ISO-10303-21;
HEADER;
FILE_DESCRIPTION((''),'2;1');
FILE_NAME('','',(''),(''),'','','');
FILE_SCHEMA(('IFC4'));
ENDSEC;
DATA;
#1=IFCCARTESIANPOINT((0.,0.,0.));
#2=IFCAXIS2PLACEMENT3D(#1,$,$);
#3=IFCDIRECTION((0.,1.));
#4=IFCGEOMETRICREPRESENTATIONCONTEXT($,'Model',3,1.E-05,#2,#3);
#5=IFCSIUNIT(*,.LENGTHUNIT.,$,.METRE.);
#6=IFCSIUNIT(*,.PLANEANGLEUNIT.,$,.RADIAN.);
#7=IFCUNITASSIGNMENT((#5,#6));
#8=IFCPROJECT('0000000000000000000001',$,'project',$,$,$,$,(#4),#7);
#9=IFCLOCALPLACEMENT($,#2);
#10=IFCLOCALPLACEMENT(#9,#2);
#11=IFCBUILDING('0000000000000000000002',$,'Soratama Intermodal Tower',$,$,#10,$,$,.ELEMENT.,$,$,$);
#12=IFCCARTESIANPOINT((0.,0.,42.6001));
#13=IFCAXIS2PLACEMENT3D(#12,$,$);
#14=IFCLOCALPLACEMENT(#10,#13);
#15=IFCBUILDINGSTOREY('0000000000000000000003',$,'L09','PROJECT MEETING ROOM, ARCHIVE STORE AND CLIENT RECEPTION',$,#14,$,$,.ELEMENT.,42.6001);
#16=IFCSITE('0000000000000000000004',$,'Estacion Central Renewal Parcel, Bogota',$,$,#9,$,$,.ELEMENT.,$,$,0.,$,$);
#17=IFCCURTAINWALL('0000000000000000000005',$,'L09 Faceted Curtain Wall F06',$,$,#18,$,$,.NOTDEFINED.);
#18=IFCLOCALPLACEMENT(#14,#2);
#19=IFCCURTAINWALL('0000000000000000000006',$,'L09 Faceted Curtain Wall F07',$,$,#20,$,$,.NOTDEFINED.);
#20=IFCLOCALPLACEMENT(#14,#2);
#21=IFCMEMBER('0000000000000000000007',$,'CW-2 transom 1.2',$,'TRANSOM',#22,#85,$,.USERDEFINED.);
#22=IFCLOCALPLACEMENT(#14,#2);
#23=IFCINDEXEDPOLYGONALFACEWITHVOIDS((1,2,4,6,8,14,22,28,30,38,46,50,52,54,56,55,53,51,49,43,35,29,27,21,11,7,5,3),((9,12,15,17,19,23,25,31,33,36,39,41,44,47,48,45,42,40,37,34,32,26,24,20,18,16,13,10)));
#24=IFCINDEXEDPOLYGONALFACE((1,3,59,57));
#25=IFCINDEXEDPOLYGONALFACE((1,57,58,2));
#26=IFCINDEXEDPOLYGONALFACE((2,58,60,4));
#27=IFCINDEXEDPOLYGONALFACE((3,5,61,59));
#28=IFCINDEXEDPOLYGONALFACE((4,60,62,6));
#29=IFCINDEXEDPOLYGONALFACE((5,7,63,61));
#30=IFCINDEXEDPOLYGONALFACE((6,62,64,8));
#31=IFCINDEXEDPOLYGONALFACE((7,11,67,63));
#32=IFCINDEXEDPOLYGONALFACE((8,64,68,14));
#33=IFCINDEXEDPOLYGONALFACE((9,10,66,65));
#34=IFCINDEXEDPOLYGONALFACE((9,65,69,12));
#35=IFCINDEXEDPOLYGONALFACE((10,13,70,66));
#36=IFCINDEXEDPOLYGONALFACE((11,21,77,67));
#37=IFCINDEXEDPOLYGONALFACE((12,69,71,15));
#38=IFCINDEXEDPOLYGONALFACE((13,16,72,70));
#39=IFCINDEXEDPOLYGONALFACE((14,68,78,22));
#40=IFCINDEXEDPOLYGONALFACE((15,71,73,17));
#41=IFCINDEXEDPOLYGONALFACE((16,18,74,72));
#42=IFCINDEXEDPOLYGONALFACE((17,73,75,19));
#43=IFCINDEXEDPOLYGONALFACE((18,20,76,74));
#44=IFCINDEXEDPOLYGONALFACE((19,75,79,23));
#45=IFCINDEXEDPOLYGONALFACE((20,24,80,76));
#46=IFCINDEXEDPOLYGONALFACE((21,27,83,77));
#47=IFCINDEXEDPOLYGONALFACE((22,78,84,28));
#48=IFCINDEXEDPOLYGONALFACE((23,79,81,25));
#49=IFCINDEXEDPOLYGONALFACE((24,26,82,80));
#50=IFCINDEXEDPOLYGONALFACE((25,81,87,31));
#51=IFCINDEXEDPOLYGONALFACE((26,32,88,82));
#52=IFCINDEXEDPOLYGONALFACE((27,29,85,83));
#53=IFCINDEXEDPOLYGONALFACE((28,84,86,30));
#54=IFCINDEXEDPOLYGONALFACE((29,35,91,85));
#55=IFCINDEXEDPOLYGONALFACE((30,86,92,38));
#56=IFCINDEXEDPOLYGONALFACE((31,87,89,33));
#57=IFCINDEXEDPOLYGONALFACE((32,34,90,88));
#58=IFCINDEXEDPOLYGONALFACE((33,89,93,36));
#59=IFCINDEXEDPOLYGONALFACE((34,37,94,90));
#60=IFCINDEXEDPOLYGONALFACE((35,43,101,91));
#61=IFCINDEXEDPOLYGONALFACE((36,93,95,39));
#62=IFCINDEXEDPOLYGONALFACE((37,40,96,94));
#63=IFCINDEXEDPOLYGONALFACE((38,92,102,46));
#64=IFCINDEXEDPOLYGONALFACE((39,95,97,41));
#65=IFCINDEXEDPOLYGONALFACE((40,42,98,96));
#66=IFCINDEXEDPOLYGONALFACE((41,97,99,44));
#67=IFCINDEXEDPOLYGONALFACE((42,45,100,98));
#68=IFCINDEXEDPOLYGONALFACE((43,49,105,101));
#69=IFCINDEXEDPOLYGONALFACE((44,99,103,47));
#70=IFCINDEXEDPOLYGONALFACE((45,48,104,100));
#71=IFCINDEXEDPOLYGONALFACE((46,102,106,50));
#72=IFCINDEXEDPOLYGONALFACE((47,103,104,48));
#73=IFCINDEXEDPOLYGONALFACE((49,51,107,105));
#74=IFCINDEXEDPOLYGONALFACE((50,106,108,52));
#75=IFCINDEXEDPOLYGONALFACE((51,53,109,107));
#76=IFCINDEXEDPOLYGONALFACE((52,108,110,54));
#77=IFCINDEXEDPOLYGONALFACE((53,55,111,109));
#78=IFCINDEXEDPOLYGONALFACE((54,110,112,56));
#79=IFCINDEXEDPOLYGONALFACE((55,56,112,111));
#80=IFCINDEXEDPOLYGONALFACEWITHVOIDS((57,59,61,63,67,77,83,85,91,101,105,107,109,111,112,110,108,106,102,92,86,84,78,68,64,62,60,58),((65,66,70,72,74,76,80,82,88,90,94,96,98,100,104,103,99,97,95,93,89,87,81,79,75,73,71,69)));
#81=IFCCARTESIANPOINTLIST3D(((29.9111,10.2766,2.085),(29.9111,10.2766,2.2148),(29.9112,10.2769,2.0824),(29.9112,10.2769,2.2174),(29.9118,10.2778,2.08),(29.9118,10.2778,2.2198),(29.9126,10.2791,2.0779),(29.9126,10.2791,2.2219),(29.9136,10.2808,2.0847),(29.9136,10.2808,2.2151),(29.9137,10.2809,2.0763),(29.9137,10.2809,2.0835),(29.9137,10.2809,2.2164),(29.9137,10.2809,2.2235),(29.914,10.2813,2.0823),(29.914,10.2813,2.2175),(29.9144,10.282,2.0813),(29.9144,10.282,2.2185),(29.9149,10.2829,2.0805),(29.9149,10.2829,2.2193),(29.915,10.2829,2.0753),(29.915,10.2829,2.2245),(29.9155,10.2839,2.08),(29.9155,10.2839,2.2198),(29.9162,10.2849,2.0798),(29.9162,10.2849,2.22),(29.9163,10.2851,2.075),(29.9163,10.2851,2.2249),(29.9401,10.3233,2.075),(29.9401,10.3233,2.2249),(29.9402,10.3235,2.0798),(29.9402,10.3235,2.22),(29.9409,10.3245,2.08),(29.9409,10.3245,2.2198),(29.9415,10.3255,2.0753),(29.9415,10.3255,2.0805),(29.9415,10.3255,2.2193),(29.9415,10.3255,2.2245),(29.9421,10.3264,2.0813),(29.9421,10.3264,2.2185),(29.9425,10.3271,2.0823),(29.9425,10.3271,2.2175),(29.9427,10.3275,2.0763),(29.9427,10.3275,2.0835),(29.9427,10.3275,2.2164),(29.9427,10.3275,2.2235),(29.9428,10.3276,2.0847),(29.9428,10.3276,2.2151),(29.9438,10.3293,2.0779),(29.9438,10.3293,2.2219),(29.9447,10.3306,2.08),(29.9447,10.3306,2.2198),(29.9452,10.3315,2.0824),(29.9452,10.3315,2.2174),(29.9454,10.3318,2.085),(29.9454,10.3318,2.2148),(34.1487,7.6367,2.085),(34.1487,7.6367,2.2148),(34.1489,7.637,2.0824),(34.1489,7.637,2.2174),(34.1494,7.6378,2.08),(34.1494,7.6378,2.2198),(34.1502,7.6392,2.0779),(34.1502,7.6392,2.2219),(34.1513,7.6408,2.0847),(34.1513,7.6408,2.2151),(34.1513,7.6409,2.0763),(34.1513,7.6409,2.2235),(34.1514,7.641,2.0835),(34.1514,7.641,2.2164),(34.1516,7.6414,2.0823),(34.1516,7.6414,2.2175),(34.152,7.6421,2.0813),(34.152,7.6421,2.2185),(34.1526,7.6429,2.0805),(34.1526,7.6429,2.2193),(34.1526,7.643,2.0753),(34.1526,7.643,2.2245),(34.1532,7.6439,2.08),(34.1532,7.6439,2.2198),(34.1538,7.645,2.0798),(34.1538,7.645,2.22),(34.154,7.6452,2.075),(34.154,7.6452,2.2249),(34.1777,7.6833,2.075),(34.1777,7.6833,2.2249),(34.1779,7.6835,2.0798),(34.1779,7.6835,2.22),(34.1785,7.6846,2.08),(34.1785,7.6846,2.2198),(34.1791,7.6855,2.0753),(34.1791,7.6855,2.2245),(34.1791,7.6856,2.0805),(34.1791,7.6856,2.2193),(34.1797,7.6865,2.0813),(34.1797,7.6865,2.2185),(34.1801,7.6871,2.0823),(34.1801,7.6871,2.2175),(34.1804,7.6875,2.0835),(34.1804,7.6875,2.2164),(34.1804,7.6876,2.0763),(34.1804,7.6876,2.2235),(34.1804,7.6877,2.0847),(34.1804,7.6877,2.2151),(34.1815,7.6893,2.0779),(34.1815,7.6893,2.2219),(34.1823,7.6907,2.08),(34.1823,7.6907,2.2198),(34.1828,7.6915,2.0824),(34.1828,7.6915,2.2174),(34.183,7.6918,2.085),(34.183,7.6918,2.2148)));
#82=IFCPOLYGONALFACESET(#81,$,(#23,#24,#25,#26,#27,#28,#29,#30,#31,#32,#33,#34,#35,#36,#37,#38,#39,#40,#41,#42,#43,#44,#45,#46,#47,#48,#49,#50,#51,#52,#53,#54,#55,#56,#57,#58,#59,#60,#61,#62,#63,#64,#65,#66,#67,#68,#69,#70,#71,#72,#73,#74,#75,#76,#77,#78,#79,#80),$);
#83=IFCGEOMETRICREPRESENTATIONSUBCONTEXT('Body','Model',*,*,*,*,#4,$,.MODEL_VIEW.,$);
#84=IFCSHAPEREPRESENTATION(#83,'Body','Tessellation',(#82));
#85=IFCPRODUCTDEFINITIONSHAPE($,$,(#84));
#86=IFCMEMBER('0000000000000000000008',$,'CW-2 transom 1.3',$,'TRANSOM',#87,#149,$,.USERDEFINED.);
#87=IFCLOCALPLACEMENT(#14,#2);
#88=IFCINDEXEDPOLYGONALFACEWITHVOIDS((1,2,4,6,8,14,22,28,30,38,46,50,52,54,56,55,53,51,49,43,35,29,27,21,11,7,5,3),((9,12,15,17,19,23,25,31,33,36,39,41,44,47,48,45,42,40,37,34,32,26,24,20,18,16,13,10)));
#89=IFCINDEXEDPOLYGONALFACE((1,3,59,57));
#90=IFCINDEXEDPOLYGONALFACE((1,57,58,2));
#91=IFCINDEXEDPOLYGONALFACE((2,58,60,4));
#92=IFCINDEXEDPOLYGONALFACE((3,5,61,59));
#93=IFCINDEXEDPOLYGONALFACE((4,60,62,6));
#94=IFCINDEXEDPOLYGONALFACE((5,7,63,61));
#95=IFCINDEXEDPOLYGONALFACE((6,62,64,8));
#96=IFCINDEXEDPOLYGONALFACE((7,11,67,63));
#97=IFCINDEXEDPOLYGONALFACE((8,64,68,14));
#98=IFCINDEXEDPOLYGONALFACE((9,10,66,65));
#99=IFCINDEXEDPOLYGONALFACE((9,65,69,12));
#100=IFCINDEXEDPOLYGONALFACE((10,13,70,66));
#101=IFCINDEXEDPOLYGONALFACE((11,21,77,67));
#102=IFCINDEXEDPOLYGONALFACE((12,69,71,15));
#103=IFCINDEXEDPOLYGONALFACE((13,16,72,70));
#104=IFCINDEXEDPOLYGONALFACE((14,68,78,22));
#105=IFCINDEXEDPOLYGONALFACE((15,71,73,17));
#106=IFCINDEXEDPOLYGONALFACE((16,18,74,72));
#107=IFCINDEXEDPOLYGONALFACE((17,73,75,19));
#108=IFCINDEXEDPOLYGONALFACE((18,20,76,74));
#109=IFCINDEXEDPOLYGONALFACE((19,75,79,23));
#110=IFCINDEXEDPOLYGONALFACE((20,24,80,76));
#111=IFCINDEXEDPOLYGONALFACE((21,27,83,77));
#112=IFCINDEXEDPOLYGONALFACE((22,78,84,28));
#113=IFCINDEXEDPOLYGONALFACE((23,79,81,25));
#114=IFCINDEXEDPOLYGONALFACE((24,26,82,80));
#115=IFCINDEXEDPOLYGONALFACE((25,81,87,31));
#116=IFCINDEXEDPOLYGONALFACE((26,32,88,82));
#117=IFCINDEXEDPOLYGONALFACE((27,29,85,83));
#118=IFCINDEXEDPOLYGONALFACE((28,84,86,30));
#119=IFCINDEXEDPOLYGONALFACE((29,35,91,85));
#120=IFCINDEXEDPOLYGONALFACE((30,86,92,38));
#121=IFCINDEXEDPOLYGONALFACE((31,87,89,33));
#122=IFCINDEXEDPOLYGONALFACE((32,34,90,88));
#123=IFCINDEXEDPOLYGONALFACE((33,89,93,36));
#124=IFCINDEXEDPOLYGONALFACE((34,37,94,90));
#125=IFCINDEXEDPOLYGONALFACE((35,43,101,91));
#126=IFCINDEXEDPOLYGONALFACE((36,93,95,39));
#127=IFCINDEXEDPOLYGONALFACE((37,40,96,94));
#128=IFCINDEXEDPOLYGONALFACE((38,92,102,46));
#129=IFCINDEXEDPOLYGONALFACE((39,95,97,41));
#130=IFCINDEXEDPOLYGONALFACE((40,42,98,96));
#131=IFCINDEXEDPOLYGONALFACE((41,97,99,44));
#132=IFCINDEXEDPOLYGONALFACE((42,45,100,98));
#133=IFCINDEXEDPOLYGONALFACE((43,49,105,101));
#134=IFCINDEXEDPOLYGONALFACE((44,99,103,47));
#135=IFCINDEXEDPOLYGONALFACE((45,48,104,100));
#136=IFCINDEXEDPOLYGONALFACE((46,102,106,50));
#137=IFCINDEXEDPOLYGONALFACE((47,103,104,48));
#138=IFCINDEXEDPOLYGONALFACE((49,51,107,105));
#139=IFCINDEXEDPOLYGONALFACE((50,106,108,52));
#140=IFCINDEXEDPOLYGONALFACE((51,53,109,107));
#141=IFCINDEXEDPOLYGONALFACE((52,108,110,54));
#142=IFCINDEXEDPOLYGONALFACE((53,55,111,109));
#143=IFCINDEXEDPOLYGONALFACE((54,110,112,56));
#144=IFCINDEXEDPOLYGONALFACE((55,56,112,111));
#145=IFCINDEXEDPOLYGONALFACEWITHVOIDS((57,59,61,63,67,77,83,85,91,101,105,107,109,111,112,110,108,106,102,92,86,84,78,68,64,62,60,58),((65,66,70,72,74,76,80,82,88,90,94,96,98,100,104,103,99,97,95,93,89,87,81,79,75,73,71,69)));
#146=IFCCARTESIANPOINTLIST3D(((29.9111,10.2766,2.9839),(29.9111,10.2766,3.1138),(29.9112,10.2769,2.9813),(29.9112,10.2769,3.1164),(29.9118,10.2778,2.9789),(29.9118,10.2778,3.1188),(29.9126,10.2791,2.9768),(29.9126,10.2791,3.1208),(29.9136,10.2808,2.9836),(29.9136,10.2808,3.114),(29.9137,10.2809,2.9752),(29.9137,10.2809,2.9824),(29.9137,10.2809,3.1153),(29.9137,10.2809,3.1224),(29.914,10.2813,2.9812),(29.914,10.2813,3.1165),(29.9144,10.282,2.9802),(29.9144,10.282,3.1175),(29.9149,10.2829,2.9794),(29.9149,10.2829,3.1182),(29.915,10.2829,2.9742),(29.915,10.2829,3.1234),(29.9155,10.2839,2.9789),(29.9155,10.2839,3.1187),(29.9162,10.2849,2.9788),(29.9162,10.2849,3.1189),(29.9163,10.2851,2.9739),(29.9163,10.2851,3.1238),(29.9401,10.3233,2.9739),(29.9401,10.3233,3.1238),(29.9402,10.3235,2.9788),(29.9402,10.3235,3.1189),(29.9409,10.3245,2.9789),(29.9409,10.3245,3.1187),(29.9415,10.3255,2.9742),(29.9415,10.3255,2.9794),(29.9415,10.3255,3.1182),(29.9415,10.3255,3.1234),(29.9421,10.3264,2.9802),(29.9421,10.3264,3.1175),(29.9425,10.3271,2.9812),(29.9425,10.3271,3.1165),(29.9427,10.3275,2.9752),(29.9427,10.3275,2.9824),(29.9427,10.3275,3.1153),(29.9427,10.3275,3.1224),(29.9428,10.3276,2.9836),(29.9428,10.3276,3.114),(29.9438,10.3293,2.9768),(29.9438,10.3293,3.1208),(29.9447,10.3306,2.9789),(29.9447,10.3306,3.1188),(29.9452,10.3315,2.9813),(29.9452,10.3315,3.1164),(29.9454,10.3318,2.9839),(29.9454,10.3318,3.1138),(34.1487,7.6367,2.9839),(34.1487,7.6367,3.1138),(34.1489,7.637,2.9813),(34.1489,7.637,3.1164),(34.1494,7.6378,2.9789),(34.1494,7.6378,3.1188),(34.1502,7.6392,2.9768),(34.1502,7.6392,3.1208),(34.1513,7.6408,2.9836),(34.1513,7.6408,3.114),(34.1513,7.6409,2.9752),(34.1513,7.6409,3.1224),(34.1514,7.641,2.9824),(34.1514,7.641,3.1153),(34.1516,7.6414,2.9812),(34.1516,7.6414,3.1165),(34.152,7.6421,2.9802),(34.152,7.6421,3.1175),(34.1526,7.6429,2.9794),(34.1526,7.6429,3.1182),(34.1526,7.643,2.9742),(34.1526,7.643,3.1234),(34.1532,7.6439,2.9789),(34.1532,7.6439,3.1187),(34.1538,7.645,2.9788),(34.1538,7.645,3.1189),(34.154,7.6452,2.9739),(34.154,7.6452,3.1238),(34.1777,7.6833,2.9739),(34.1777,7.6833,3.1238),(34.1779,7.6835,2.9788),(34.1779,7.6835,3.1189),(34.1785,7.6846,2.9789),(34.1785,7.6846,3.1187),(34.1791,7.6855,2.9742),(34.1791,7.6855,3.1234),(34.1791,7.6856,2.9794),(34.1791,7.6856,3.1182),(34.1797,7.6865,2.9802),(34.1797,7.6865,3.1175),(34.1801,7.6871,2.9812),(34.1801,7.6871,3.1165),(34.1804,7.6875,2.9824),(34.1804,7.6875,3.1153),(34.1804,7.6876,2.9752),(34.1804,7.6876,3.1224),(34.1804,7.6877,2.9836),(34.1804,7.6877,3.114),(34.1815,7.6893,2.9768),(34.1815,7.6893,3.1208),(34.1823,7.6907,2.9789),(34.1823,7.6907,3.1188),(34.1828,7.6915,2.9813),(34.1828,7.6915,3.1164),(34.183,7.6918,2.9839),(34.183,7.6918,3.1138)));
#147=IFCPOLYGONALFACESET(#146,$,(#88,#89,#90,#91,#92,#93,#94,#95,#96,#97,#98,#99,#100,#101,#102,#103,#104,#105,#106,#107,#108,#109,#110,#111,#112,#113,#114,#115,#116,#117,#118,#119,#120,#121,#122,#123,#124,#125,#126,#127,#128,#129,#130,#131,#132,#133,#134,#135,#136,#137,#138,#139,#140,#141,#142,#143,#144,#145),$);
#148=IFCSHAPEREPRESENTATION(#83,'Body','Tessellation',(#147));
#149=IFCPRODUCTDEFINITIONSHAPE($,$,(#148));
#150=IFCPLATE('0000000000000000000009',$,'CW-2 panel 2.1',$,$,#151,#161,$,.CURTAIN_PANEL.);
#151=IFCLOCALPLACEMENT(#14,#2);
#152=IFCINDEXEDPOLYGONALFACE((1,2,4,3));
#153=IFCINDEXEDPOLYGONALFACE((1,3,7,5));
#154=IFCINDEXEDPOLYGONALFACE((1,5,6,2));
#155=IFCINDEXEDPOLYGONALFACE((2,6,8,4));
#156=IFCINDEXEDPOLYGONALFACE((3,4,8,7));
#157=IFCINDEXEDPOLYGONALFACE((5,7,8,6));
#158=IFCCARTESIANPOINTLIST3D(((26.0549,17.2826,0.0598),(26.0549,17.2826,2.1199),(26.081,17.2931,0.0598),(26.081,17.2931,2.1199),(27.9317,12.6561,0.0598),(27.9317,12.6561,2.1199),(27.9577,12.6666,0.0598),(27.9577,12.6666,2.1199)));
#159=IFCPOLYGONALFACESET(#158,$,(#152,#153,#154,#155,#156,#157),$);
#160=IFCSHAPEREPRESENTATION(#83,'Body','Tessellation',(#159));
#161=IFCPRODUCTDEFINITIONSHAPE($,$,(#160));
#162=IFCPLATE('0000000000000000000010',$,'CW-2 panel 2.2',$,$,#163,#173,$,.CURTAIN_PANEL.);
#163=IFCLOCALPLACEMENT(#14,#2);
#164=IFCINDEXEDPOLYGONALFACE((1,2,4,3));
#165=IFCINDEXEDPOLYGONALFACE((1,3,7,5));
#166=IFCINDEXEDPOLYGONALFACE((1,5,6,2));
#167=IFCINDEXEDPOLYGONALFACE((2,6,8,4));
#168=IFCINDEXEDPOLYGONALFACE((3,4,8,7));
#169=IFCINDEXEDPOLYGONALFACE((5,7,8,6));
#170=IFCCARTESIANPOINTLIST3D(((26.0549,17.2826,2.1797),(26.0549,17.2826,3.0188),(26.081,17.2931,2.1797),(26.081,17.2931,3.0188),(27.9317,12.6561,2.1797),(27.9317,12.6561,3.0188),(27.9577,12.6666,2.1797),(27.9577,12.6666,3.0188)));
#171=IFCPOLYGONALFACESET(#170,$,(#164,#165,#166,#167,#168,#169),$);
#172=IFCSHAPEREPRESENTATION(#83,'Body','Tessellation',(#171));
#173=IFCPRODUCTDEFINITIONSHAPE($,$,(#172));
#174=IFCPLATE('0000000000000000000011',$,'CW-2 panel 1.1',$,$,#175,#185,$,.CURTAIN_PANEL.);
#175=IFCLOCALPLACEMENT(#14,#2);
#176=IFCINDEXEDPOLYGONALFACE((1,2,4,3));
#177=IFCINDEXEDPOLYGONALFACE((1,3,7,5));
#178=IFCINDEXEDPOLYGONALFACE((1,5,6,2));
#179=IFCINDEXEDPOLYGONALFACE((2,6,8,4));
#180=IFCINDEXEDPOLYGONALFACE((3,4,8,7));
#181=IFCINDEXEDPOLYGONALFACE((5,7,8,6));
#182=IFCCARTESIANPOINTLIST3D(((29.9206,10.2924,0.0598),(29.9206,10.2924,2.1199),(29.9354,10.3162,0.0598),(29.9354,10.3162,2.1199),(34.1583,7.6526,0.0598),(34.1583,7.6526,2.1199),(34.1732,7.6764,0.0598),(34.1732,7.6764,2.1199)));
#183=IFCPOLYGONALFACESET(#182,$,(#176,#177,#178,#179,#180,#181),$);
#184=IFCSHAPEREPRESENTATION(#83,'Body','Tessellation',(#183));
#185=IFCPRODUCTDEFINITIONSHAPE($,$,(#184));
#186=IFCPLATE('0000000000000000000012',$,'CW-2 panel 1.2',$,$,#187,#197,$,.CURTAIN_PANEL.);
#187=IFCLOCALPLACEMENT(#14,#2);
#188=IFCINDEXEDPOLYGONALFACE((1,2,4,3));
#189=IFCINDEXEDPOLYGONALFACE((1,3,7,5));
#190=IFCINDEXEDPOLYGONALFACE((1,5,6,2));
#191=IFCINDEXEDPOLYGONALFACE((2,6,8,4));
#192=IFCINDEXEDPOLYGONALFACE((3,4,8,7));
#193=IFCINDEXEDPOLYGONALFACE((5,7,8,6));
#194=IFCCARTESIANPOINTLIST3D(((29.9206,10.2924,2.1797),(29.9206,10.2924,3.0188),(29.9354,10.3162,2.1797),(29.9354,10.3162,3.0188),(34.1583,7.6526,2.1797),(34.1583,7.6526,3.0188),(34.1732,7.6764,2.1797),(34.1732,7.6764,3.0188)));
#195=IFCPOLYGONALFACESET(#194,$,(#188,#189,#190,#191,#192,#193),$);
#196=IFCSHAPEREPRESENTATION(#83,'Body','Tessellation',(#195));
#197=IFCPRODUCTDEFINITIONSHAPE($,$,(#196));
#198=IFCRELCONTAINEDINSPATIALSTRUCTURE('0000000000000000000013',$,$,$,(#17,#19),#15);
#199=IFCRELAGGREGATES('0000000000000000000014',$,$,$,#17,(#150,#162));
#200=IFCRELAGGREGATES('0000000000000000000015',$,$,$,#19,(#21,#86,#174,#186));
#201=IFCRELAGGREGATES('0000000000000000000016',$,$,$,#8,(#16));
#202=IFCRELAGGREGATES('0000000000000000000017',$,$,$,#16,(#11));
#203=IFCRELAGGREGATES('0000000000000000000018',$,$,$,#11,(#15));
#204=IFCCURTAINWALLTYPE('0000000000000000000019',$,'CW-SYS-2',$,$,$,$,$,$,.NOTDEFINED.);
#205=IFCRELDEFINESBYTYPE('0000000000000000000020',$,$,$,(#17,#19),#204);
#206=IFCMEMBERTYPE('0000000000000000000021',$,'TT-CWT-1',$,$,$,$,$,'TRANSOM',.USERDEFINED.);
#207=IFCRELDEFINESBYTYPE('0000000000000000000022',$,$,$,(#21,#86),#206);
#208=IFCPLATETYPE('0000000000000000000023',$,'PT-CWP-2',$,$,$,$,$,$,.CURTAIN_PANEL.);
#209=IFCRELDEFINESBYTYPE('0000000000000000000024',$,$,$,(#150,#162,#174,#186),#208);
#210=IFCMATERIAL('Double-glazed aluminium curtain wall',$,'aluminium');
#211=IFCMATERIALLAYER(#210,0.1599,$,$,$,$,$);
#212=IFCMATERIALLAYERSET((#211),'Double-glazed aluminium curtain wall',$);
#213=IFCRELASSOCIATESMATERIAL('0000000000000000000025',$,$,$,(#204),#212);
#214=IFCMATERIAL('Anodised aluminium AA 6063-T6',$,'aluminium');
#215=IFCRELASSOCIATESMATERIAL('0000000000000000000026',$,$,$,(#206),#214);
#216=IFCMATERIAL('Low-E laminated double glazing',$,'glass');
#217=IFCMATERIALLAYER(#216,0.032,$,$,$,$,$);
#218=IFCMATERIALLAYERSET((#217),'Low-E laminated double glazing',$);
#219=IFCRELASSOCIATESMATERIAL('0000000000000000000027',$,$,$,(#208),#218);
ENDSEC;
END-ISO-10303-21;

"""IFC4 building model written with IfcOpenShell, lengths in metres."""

from ifc_helpers import new_model, si_unit, direction, frame, origin, origin_2d, place, context, subcontext, project, spatial, rectangle, hollow_rectangle, extrude, material, layer, layer_set, material_profile, profile_set, type_object, element, aggregate, save


model = new_model("IFC4")

# Units and contexts
model_context = context("Model", 3, precision=1e-05, world=origin(), true_north=direction((0.0, 1.0)))
body_context = subcontext(model_context, "Body", "Model", "MODEL_VIEW")
ifc_project = project(units=[si_unit("LENGTHUNIT", "METRE"), si_unit("PLANEANGLEUNIT", "RADIAN")], contexts=[model_context])

# Site, building, storey
site_placement = place(None, origin())
site = spatial("IfcSite", under=ifc_project, at=site_placement, Name="Estacion Central Renewal Parcel, Bogota", CompositionType="ELEMENT", RefElevation=0.0)
building_placement = place(site_placement, origin())
building = spatial("IfcBuilding", under=site, at=building_placement, Name="Soratama Intermodal Tower", CompositionType="ELEMENT")
storey_placement = place(building_placement, frame((0.0, 0.0, 42.6001)))
storey = spatial("IfcBuildingStorey", under=building, at=storey_placement, Name="L09", Description="PROJECT MEETING ROOM, ARCHIVE STORE AND CLIENT RECEPTION", CompositionType="ELEMENT", Elevation=42.6001)

# Curtain walls
ifc_material_1 = material(Name="Double-glazed aluminium curtain wall", Category="aluminium")
ifc_layer_1 = layer(ifc_material_1, 0.1599)
ifc_layer_set_1 = layer_set([ifc_layer_1], Name="Double-glazed aluminium curtain wall")
curtain_wall_type = type_object("IfcCurtainWallType", Name="CW-SYS-2", PredefinedType="NOTDEFINED", material=ifc_layer_set_1)
curtain_wall_1_placement = place(storey_placement, origin())
curtain_wall_1 = element("IfcCurtainWall", 1, at=curtain_wall_1_placement, inside=storey, type_object=curtain_wall_type, Name="L09 Faceted Curtain Wall F06", PredefinedType="NOTDEFINED")
curtain_wall_2_placement = place(storey_placement, origin())
curtain_wall_2 = element("IfcCurtainWall", 2, at=curtain_wall_2_placement, inside=storey, type_object=curtain_wall_type, Name="L09 Faceted Curtain Wall F07", PredefinedType="NOTDEFINED")

# Members
ifc_material_2 = material(Name="Anodised aluminium AA 6063-T6", Category="aluminium")
ifc_material_profile_1 = material_profile(ifc_material_2, hollow_rectangle(XDim=0.0649, YDim=0.1499, WallThickness=0.0049, InnerFilletRadius=0.0049, OuterFilletRadius=0.01, at=origin_2d()), Name="CWT150X65X5")
ifc_profile_set_1 = profile_set([ifc_material_profile_1], Name="Anodised aluminium AA 6063-T6")
member_type_1 = type_object("IfcMemberType", Name="TT-CWT-1", ElementType="TRANSOM", PredefinedType="USERDEFINED", material=ifc_profile_set_1)
member_1_placement = place(storey_placement, frame((29.9282, 10.3042, 2.1499), z_axis=(0.848769, -0.528763, 0.0), x_axis=(0.528763, 0.848769, 0.0)))
member_1 = element("IfcMember", 3, at=member_1_placement, type_object=member_type_1, Name="CW-2 transom 1.2", ObjectType="TRANSOM", PredefinedType="USERDEFINED", context=body_context, shape_type="SweptSolid", body=[
    extrude(hollow_rectangle(XDim=0.0649, YDim=0.1499, WallThickness=0.0049, InnerFilletRadius=0.0049, OuterFilletRadius=0.01, at=origin_2d()), origin(), (0.0, 0.0, 1.0), 4.9927),
])
member_2_placement = place(storey_placement, frame((29.9282, 10.3042, 3.0488), z_axis=(0.848769, -0.528763, 0.0), x_axis=(0.528763, 0.848769, 0.0)))
member_2 = element("IfcMember", 4, at=member_2_placement, type_object=member_type_1, Name="CW-2 transom 1.3", ObjectType="TRANSOM", PredefinedType="USERDEFINED", context=body_context, shape_type="SweptSolid", body=[
    extrude(hollow_rectangle(XDim=0.0649, YDim=0.1499, WallThickness=0.0049, InnerFilletRadius=0.0049, OuterFilletRadius=0.01, at=origin_2d()), origin(), (0.0, 0.0, 1.0), 4.9927),
])

# Plates
ifc_material_3 = material(Name="Low-E laminated double glazing", Category="glass")
ifc_layer_2 = layer(ifc_material_3, 0.032)
ifc_layer_set_2 = layer_set([ifc_layer_2], Name="Low-E laminated double glazing")
plate_type = type_object("IfcPlateType", Name="PT-CWP-2", PredefinedType="CURTAIN_PANEL", material=ifc_layer_set_2)
plate_1_placement = place(storey_placement, frame((27.0063, 14.9746, 0.0598), z_axis=(0.0, 0.0, 1.0), x_axis=(0.375908, -0.926657, 0.0)))
plate_1 = element("IfcPlate", 5, at=plate_1_placement, type_object=plate_type, Name="CW-2 panel 2.1", PredefinedType="CURTAIN_PANEL", context=body_context, shape_type="SweptSolid", body=[
    extrude(rectangle(XDim=4.9927, YDim=0.0281, at=origin_2d()), origin(), (0.0, 0.0, 1.0), 2.0601),
])
plate_2_placement = place(storey_placement, frame((27.0063, 14.9746, 2.1797), z_axis=(0.0, 0.0, 1.0), x_axis=(0.375908, -0.926657, 0.0)))
plate_2 = element("IfcPlate", 6, at=plate_2_placement, type_object=plate_type, Name="CW-2 panel 2.2", PredefinedType="CURTAIN_PANEL", context=body_context, shape_type="SweptSolid", body=[
    extrude(rectangle(XDim=4.9927, YDim=0.0281, at=origin_2d()), origin(), (0.0, 0.0, 1.0), 0.8391),
])
aggregate(curtain_wall_1, [plate_1, plate_2])
plate_3_placement = place(storey_placement, frame((32.0469, 8.9844, 0.0598), z_axis=(0.0, 0.0, 1.0), x_axis=(0.848787, -0.528735, 0.0)))
plate_3 = element("IfcPlate", 7, at=plate_3_placement, type_object=plate_type, Name="CW-2 panel 1.1", PredefinedType="CURTAIN_PANEL", context=body_context, shape_type="SweptSolid", body=[
    extrude(rectangle(XDim=4.9927, YDim=0.0281, at=origin_2d()), origin(), (0.0, 0.0, 1.0), 2.0601),
])
plate_4_placement = place(storey_placement, frame((32.0469, 8.9844, 2.1797), z_axis=(0.0, 0.0, 1.0), x_axis=(0.848787, -0.528735, 0.0)))
plate_4 = element("IfcPlate", 8, at=plate_4_placement, type_object=plate_type, Name="CW-2 panel 1.2", PredefinedType="CURTAIN_PANEL", context=body_context, shape_type="SweptSolid", body=[
    extrude(rectangle(XDim=4.9927, YDim=0.0281, at=origin_2d()), origin(), (0.0, 0.0, 1.0), 0.8391),
])
aggregate(curtain_wall_2, [member_1, member_2, plate_3, plate_4])

save(model, "model.ifc")
